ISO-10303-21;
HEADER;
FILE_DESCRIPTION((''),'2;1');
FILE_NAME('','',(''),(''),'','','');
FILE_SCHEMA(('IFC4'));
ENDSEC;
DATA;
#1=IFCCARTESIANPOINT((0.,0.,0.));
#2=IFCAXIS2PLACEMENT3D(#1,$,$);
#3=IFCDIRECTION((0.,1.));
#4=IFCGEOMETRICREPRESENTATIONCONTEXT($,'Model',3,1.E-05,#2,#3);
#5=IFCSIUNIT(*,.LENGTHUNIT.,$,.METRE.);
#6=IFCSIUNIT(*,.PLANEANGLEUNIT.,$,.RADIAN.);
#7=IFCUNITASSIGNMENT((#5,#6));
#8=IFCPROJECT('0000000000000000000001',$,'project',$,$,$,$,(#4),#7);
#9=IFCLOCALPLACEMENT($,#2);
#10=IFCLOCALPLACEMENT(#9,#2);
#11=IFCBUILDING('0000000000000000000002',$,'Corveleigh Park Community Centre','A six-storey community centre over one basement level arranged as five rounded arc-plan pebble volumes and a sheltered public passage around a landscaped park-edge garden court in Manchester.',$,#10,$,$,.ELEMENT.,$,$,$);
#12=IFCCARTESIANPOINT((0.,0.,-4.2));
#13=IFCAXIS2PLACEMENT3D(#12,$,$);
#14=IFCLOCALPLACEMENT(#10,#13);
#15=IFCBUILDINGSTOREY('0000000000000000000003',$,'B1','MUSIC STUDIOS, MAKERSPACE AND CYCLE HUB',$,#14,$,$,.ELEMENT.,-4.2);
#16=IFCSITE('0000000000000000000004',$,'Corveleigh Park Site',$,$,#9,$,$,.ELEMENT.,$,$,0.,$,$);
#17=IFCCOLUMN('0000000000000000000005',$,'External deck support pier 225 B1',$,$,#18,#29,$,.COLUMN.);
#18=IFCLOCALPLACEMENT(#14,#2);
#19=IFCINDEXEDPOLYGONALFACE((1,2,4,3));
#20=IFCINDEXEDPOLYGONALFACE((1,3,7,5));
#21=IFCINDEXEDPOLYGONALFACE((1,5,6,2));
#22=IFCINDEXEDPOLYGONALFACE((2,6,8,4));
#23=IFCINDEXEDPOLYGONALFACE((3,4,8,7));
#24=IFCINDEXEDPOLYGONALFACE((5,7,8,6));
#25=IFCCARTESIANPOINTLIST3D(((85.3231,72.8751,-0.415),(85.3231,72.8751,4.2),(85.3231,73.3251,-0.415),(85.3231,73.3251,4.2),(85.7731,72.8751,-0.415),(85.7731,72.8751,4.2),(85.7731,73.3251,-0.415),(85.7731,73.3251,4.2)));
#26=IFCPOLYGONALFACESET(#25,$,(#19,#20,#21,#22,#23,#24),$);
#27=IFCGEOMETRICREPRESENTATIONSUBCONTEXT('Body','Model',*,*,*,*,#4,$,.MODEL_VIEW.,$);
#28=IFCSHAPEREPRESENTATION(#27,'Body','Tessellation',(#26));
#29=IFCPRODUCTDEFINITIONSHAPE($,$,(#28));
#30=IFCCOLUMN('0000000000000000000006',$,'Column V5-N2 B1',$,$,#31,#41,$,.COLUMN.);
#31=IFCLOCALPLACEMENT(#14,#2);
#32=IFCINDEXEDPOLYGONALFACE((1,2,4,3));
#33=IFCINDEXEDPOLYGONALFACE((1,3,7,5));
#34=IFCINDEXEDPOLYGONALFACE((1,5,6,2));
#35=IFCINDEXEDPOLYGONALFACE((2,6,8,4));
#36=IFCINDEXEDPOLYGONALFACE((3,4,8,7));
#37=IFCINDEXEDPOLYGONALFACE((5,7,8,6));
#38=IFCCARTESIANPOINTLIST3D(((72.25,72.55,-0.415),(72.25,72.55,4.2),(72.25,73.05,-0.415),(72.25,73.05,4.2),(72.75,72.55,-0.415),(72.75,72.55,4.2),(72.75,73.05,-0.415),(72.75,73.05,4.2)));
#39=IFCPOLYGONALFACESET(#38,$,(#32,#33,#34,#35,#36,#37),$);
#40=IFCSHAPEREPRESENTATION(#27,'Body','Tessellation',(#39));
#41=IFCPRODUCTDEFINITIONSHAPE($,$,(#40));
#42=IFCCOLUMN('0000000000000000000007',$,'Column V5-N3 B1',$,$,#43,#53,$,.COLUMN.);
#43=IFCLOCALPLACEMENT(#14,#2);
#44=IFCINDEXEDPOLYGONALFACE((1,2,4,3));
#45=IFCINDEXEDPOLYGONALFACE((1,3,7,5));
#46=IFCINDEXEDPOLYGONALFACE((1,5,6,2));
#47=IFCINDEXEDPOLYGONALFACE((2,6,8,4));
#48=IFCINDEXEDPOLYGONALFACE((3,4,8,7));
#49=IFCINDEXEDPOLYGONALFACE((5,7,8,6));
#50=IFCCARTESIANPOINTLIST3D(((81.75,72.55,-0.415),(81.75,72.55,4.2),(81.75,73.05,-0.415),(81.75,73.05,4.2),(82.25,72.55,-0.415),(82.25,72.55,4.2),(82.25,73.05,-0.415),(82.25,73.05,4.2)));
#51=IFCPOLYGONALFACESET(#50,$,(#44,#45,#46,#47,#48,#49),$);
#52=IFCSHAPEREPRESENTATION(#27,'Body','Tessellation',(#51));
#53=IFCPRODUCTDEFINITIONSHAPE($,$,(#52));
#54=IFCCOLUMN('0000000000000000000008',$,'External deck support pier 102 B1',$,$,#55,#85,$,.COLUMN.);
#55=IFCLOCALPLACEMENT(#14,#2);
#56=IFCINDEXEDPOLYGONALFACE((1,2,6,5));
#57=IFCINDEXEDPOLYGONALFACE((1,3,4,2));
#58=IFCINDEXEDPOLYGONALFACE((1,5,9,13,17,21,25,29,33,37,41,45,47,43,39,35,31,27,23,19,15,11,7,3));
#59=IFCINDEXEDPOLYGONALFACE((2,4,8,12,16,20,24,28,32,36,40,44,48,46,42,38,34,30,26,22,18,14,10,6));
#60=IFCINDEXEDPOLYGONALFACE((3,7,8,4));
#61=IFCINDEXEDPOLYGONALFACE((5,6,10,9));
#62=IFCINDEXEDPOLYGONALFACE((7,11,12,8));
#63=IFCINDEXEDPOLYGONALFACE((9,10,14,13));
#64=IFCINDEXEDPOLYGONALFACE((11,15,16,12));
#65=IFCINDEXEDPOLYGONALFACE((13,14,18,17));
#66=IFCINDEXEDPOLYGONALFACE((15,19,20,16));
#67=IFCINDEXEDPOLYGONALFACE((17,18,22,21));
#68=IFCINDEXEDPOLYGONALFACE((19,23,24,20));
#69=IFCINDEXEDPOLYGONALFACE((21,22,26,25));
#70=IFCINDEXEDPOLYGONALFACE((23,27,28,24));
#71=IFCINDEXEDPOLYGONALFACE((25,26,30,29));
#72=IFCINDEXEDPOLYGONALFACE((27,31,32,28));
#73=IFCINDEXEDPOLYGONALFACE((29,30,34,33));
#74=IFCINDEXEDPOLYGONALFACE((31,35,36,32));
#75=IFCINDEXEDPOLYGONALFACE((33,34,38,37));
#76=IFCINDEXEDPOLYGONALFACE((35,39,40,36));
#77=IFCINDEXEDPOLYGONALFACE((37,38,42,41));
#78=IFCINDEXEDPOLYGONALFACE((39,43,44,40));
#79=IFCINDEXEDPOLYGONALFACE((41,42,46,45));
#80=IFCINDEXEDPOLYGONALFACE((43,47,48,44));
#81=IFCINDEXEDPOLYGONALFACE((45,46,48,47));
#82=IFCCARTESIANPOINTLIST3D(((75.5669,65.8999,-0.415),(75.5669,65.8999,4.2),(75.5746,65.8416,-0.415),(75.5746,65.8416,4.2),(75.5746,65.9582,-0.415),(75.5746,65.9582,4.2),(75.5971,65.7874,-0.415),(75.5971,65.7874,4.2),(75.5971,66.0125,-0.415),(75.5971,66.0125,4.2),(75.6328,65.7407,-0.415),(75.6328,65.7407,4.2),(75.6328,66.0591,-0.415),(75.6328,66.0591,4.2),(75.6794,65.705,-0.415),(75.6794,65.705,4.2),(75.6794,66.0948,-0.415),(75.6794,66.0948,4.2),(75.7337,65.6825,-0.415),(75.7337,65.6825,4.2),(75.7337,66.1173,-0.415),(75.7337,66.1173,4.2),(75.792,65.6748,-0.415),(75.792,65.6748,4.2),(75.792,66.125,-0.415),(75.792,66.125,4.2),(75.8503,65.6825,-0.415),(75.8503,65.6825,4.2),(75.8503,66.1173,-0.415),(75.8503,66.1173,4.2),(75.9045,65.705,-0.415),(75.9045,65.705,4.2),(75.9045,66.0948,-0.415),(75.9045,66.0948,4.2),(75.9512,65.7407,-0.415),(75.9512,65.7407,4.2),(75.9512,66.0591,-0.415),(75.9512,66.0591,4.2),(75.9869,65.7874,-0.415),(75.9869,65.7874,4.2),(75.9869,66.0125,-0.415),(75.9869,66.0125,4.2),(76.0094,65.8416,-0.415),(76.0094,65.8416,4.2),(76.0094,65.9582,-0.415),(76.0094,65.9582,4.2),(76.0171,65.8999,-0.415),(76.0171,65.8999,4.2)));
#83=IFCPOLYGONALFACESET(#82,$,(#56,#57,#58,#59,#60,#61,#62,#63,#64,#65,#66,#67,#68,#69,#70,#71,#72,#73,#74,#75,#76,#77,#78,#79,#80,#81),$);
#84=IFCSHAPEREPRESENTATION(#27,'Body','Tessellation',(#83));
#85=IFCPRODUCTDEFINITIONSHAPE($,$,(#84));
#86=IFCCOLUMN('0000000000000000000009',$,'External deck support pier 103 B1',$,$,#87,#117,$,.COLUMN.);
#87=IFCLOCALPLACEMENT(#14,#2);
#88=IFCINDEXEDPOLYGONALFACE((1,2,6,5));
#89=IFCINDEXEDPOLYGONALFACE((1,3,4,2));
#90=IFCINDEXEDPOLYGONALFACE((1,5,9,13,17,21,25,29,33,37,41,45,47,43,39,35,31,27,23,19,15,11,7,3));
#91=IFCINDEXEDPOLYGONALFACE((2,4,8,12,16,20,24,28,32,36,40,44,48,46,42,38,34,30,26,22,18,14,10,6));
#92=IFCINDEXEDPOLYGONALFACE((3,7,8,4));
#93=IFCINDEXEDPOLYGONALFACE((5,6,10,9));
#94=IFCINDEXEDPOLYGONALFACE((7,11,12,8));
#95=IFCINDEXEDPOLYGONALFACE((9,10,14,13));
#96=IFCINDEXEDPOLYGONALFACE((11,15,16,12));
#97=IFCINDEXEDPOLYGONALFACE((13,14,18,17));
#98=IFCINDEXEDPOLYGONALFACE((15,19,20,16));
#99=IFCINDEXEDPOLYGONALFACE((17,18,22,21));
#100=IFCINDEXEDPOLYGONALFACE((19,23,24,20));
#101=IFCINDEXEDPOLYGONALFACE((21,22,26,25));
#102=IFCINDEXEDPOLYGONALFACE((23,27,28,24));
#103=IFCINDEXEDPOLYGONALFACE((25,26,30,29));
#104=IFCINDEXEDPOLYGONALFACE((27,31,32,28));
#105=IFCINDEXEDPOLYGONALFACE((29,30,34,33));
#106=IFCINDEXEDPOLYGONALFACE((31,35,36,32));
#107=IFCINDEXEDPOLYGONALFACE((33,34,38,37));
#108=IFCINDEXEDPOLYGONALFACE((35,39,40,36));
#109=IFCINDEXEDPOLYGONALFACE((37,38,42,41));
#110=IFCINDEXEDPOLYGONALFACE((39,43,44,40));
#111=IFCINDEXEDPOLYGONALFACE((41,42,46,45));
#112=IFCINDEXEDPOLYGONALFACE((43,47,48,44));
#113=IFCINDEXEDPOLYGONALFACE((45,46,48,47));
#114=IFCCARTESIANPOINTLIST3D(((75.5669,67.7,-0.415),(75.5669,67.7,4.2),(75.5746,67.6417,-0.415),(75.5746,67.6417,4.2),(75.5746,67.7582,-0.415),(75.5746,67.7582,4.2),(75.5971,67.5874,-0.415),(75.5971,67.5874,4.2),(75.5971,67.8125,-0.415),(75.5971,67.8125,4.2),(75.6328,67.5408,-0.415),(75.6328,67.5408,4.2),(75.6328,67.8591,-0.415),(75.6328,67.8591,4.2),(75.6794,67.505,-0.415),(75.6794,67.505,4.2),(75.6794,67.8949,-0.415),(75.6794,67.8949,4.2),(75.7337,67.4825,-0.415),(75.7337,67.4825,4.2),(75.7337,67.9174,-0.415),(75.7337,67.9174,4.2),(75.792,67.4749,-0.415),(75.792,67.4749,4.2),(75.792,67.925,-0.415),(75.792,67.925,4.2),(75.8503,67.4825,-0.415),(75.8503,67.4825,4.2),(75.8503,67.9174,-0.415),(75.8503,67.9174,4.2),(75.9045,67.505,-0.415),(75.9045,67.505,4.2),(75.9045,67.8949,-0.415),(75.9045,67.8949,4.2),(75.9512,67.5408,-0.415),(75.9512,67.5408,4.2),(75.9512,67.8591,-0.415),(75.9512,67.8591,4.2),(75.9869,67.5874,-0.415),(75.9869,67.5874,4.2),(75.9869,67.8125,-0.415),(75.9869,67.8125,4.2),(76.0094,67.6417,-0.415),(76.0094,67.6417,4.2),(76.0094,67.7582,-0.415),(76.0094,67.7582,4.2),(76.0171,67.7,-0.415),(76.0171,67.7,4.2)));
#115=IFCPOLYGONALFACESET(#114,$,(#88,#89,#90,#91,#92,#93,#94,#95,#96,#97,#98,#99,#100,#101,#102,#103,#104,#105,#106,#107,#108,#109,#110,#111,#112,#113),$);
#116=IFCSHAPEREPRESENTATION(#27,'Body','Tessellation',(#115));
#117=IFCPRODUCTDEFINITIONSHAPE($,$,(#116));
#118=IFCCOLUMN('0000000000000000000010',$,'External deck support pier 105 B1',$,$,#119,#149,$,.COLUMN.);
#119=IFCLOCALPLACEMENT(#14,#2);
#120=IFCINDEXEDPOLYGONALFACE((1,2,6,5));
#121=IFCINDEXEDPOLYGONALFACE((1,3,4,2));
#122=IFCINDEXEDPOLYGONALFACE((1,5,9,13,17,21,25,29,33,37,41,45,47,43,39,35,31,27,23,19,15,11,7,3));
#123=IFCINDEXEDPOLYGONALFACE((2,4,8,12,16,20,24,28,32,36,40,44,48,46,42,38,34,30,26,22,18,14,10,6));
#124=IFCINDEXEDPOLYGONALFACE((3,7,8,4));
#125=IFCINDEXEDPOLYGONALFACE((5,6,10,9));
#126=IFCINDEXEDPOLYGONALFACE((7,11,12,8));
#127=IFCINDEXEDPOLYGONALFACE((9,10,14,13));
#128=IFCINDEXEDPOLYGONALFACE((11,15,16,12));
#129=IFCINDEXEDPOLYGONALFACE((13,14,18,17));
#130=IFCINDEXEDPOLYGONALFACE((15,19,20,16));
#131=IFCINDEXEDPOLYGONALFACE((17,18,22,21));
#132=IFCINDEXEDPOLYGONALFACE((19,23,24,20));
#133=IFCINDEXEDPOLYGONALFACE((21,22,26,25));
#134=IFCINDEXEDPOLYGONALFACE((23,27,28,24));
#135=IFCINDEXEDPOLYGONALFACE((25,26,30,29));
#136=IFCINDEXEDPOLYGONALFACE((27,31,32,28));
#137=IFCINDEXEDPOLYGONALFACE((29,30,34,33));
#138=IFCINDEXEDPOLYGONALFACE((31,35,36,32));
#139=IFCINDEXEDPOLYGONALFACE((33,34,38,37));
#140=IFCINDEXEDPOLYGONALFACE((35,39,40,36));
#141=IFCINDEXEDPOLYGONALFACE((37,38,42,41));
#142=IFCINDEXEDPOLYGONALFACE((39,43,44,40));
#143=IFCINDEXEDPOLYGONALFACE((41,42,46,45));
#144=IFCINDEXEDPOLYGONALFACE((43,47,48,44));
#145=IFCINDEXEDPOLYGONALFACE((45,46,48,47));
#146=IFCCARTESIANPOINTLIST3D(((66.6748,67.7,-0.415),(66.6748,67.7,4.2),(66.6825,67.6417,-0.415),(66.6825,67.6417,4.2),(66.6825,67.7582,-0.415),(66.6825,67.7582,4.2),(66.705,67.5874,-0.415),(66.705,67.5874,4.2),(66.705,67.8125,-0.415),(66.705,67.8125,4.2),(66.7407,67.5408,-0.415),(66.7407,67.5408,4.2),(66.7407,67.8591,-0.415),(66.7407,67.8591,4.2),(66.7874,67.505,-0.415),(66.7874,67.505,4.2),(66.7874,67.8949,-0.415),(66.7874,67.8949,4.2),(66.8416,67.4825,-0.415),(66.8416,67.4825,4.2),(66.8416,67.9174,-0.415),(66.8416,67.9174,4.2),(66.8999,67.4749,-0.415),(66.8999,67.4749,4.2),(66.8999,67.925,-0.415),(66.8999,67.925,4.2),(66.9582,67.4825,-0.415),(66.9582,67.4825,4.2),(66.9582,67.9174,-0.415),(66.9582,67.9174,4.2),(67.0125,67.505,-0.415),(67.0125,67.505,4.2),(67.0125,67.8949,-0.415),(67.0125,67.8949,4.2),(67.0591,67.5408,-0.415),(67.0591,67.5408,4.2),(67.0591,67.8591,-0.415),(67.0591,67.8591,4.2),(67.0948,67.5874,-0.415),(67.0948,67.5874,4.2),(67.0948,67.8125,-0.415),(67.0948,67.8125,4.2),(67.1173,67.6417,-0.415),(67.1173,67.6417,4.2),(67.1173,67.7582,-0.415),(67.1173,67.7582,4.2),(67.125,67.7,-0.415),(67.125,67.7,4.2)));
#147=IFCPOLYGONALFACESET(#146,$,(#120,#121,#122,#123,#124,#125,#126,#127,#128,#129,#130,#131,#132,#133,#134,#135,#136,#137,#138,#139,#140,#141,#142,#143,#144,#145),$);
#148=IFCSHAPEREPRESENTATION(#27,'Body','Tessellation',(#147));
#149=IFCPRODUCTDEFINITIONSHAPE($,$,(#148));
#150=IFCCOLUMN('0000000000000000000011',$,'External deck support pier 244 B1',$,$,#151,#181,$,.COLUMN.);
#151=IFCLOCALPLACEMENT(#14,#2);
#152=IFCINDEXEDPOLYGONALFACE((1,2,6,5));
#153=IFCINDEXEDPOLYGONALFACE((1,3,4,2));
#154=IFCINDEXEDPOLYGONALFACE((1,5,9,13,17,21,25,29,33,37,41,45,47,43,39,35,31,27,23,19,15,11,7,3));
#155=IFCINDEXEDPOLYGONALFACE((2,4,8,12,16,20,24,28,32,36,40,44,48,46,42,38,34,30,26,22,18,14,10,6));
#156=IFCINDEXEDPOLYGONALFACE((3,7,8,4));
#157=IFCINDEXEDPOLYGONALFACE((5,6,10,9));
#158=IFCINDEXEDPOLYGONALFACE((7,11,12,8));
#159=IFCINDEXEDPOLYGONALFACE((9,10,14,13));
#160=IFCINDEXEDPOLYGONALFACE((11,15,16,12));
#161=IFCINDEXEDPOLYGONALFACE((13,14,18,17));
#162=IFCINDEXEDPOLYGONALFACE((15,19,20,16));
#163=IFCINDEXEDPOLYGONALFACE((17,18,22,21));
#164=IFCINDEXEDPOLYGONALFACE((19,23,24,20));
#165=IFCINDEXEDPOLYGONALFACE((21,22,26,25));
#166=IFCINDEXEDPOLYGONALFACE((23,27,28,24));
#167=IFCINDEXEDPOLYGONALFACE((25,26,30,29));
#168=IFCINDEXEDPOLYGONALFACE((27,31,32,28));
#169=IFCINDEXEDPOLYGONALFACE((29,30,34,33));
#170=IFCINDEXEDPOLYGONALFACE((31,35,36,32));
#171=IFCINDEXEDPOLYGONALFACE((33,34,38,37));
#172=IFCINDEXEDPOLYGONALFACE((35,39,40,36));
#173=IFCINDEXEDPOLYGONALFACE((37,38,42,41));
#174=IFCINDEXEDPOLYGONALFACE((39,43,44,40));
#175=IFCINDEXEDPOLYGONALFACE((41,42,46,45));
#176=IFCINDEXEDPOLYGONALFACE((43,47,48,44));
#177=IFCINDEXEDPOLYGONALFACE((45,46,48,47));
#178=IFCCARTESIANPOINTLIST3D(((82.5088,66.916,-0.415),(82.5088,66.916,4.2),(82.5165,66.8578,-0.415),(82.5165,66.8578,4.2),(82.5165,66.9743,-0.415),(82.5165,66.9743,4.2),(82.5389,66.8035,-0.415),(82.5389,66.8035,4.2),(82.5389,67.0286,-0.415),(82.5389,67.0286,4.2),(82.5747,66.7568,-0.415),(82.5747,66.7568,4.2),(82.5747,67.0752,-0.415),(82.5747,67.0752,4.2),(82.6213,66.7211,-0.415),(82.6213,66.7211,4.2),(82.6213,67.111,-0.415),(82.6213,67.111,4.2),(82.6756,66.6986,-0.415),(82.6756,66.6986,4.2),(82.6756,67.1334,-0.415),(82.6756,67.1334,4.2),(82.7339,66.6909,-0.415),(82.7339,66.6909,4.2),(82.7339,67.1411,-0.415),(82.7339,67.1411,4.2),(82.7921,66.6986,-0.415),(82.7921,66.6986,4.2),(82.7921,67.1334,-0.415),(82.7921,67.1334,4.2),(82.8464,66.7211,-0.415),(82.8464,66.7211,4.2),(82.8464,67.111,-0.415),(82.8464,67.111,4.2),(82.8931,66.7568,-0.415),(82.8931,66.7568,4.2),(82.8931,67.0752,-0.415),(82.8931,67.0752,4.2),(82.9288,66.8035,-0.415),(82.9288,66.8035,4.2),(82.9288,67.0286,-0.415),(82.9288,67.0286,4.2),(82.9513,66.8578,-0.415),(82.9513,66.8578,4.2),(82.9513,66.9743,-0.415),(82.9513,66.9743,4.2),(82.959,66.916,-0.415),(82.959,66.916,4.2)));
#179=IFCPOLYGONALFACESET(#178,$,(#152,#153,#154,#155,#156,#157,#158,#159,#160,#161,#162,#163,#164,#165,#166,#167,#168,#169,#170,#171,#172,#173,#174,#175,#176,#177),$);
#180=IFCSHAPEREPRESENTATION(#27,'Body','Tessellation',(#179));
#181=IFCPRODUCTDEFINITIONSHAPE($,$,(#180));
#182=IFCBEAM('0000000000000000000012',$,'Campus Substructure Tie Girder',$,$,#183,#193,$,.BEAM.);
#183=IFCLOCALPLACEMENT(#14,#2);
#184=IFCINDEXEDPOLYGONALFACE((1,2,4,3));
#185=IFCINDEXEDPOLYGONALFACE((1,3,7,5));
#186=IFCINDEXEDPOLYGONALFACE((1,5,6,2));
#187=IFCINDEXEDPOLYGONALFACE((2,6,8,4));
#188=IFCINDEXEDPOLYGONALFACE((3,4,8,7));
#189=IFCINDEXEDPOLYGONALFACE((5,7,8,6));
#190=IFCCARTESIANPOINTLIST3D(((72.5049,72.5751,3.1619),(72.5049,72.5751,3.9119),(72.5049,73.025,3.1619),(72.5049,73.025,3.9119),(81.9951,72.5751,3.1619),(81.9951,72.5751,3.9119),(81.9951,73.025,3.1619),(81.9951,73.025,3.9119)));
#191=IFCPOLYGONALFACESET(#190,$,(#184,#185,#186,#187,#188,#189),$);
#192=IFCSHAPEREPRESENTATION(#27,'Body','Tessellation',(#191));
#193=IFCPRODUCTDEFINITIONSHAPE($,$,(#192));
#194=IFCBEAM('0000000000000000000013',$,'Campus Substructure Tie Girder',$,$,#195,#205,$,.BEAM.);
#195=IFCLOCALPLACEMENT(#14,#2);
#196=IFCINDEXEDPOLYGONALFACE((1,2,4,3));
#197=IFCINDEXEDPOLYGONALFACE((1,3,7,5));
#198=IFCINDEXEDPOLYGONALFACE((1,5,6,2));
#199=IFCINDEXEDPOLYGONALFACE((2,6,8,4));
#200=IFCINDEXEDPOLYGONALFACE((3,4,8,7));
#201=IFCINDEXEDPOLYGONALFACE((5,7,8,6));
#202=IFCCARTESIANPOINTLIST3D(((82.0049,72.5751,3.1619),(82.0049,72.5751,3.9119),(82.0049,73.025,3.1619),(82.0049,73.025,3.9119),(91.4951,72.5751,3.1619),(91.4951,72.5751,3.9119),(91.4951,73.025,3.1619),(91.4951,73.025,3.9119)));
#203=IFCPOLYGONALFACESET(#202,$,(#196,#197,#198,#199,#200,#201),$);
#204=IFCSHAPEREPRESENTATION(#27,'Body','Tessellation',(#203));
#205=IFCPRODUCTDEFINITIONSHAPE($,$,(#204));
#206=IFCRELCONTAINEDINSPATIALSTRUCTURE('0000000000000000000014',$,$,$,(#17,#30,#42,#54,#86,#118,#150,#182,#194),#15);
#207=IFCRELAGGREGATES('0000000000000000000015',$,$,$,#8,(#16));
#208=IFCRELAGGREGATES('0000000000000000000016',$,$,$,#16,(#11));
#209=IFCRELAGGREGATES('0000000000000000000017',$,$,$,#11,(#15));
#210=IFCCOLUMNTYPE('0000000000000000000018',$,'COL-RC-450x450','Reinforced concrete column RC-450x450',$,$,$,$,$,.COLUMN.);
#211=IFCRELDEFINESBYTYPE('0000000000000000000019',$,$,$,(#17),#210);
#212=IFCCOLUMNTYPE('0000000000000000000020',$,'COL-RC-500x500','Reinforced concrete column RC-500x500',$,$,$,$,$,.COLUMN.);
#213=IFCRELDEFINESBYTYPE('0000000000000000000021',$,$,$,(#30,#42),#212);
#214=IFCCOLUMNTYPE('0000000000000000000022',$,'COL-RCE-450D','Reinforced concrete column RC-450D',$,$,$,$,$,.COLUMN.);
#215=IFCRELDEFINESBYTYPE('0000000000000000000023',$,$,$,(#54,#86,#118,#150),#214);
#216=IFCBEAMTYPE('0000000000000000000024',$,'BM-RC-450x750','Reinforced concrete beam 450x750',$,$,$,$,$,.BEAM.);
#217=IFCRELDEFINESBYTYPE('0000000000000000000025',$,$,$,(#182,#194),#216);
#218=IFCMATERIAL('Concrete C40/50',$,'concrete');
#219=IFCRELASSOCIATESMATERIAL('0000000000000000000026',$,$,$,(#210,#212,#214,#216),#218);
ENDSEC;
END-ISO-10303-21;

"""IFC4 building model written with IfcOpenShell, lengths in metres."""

from ifc_helpers import new_model, si_unit, direction, frame, origin, origin_2d, place, context, subcontext, project, spatial, rectangle, circle, extrude, material, material_profile, profile_set, type_object, element, save


model = new_model("IFC4")

# Units and contexts
model_context = context("Model", 3, precision=1e-05, world=origin(), true_north=direction((0.0, 1.0)))
body_context = subcontext(model_context, "Body", "Model", "MODEL_VIEW")
ifc_project = project(units=[si_unit("LENGTHUNIT", "METRE"), si_unit("PLANEANGLEUNIT", "RADIAN")], contexts=[model_context])

# Site, building, storey
site_placement = place(None, origin())
site = spatial("IfcSite", under=ifc_project, at=site_placement, Name="Corveleigh Park Site", CompositionType="ELEMENT", RefElevation=0.0)
building_placement = place(site_placement, origin())
building = spatial("IfcBuilding", under=site, at=building_placement, Name="Corveleigh Park Community Centre", Description="A six-storey community centre over one basement level arranged as five rounded arc-plan pebble volumes and a sheltered public passage around a landscaped park-edge garden court in Manchester.", CompositionType="ELEMENT")
storey_placement = place(building_placement, frame((0.0, 0.0, -4.2)))
storey = spatial("IfcBuildingStorey", under=building, at=storey_placement, Name="B1", Description="MUSIC STUDIOS, MAKERSPACE AND CYCLE HUB", CompositionType="ELEMENT", Elevation=-4.2)

# Shared definitions
ifc_material_1 = material(Name="Concrete C40/50", Category="concrete")

# Columns
ifc_material_profile_1 = material_profile(ifc_material_1, rectangle(XDim=0.45, YDim=0.45, at=origin_2d()), Name="RC-450x450", Category="concrete")
ifc_profile_set_1 = profile_set([ifc_material_profile_1], Name="Concrete C40/50")
column_type_1 = type_object("IfcColumnType", Name="COL-RC-450x450", Description="Reinforced concrete column RC-450x450", PredefinedType="COLUMN", material=ifc_profile_set_1)
for number, where, z_axis, x_axis, name in (
    (1, (85.5481, 73.1001, -0.415), (0.0, 0.0, 1.0), (1.0, 0.0, 0.0), "External deck support pier 225 B1"),
):
    element("IfcColumn", number, at=place(storey_placement, frame(where, z_axis=z_axis, x_axis=x_axis)), inside=storey, type_object=column_type_1, Name=name, PredefinedType="COLUMN", context=body_context, shape_type="SweptSolid", body=[
        extrude(rectangle(XDim=0.45, YDim=0.45, at=origin_2d()), origin(), (0.0, 0.0, 1.0), 4.615),
    ])
ifc_material_profile_2 = material_profile(ifc_material_1, rectangle(XDim=0.5, YDim=0.5, at=origin_2d()), Name="RC-500x500", Category="concrete")
ifc_profile_set_2 = profile_set([ifc_material_profile_2], Name="Concrete C40/50")
column_type_2 = type_object("IfcColumnType", Name="COL-RC-500x500", Description="Reinforced concrete column RC-500x500", PredefinedType="COLUMN", material=ifc_profile_set_2)
for number, where, z_axis, x_axis, name in (
    (2, (72.5, 72.8, -0.415), (0.0, 0.0, 1.0), (1.0, 0.0, 0.0), "Column V5-N2 B1"),
    (3, (82.0, 72.8, -0.415), (0.0, 0.0, 1.0), (1.0, 0.0, 0.0), "Column V5-N3 B1"),
):
    element("IfcColumn", number, at=place(storey_placement, frame(where, z_axis=z_axis, x_axis=x_axis)), inside=storey, type_object=column_type_2, Name=name, PredefinedType="COLUMN", context=body_context, shape_type="SweptSolid", body=[
        extrude(rectangle(XDim=0.5, YDim=0.5, at=origin_2d()), origin(), (0.0, 0.0, 1.0), 4.615),
    ])
ifc_material_profile_3 = material_profile(ifc_material_1, circle(Radius=0.2251, at=origin_2d()), Name="RC-450D", Category="concrete")
ifc_profile_set_3 = profile_set([ifc_material_profile_3], Name="Concrete C40/50")
column_type_3 = type_object("IfcColumnType", Name="COL-RCE-450D", Description="Reinforced concrete column RC-450D", PredefinedType="COLUMN", material=ifc_profile_set_3)
for number, where, z_axis, x_axis, name in (
    (4, (75.792, 65.8999, -0.415), (0.0, 0.0, 1.0), (1.0, 0.0, 0.0), "External deck support pier 102 B1"),
    (5, (75.792, 67.7, -0.415), (0.0, 0.0, 1.0), (1.0, 0.0, 0.0), "External deck support pier 103 B1"),
    (6, (66.8999, 67.7, -0.415), (0.0, 0.0, 1.0), (1.0, 0.0, 0.0), "External deck support pier 105 B1"),
    (7, (82.7339, 66.916, -0.415), (0.0, 0.0, 1.0), (1.0, 0.0, 0.0), "External deck support pier 244 B1"),
):
    element("IfcColumn", number, at=place(storey_placement, frame(where, z_axis=z_axis, x_axis=x_axis)), inside=storey, type_object=column_type_3, Name=name, PredefinedType="COLUMN", context=body_context, shape_type="SweptSolid", body=[
        extrude(circle(Radius=0.2251, at=origin_2d()), origin(), (0.0, 0.0, 1.0), 4.615),
    ])

# Beams
ifc_material_profile_4 = material_profile(ifc_material_1, rectangle(XDim=0.45, YDim=0.75, at=origin_2d()), Name="RC-450x750", Category="concrete")
ifc_profile_set_4 = profile_set([ifc_material_profile_4], Name="Concrete C40/50")
beam_type = type_object("IfcBeamType", Name="BM-RC-450x750", Description="Reinforced concrete beam 450x750", PredefinedType="BEAM", material=ifc_profile_set_4)
for number, where, z_axis, x_axis, name in (
    (8, (72.5049, 72.8, 3.5369), (1.0, 0.0, 0.0), (0.0, 1.0, 0.0), "Campus Substructure Tie Girder"),
    (9, (82.0049, 72.8, 3.5369), (1.0, 0.0, 0.0), (0.0, 1.0, 0.0), "Campus Substructure Tie Girder"),
):
    element("IfcBeam", number, at=place(storey_placement, frame(where, z_axis=z_axis, x_axis=x_axis)), inside=storey, type_object=beam_type, Name=name, PredefinedType="BEAM", context=body_context, shape_type="SweptSolid", body=[
        extrude(rectangle(XDim=0.45, YDim=0.75, at=origin_2d()), origin(), (0.0, 0.0, 1.0), 9.4902),
    ])

save(model, "model.ifc")
